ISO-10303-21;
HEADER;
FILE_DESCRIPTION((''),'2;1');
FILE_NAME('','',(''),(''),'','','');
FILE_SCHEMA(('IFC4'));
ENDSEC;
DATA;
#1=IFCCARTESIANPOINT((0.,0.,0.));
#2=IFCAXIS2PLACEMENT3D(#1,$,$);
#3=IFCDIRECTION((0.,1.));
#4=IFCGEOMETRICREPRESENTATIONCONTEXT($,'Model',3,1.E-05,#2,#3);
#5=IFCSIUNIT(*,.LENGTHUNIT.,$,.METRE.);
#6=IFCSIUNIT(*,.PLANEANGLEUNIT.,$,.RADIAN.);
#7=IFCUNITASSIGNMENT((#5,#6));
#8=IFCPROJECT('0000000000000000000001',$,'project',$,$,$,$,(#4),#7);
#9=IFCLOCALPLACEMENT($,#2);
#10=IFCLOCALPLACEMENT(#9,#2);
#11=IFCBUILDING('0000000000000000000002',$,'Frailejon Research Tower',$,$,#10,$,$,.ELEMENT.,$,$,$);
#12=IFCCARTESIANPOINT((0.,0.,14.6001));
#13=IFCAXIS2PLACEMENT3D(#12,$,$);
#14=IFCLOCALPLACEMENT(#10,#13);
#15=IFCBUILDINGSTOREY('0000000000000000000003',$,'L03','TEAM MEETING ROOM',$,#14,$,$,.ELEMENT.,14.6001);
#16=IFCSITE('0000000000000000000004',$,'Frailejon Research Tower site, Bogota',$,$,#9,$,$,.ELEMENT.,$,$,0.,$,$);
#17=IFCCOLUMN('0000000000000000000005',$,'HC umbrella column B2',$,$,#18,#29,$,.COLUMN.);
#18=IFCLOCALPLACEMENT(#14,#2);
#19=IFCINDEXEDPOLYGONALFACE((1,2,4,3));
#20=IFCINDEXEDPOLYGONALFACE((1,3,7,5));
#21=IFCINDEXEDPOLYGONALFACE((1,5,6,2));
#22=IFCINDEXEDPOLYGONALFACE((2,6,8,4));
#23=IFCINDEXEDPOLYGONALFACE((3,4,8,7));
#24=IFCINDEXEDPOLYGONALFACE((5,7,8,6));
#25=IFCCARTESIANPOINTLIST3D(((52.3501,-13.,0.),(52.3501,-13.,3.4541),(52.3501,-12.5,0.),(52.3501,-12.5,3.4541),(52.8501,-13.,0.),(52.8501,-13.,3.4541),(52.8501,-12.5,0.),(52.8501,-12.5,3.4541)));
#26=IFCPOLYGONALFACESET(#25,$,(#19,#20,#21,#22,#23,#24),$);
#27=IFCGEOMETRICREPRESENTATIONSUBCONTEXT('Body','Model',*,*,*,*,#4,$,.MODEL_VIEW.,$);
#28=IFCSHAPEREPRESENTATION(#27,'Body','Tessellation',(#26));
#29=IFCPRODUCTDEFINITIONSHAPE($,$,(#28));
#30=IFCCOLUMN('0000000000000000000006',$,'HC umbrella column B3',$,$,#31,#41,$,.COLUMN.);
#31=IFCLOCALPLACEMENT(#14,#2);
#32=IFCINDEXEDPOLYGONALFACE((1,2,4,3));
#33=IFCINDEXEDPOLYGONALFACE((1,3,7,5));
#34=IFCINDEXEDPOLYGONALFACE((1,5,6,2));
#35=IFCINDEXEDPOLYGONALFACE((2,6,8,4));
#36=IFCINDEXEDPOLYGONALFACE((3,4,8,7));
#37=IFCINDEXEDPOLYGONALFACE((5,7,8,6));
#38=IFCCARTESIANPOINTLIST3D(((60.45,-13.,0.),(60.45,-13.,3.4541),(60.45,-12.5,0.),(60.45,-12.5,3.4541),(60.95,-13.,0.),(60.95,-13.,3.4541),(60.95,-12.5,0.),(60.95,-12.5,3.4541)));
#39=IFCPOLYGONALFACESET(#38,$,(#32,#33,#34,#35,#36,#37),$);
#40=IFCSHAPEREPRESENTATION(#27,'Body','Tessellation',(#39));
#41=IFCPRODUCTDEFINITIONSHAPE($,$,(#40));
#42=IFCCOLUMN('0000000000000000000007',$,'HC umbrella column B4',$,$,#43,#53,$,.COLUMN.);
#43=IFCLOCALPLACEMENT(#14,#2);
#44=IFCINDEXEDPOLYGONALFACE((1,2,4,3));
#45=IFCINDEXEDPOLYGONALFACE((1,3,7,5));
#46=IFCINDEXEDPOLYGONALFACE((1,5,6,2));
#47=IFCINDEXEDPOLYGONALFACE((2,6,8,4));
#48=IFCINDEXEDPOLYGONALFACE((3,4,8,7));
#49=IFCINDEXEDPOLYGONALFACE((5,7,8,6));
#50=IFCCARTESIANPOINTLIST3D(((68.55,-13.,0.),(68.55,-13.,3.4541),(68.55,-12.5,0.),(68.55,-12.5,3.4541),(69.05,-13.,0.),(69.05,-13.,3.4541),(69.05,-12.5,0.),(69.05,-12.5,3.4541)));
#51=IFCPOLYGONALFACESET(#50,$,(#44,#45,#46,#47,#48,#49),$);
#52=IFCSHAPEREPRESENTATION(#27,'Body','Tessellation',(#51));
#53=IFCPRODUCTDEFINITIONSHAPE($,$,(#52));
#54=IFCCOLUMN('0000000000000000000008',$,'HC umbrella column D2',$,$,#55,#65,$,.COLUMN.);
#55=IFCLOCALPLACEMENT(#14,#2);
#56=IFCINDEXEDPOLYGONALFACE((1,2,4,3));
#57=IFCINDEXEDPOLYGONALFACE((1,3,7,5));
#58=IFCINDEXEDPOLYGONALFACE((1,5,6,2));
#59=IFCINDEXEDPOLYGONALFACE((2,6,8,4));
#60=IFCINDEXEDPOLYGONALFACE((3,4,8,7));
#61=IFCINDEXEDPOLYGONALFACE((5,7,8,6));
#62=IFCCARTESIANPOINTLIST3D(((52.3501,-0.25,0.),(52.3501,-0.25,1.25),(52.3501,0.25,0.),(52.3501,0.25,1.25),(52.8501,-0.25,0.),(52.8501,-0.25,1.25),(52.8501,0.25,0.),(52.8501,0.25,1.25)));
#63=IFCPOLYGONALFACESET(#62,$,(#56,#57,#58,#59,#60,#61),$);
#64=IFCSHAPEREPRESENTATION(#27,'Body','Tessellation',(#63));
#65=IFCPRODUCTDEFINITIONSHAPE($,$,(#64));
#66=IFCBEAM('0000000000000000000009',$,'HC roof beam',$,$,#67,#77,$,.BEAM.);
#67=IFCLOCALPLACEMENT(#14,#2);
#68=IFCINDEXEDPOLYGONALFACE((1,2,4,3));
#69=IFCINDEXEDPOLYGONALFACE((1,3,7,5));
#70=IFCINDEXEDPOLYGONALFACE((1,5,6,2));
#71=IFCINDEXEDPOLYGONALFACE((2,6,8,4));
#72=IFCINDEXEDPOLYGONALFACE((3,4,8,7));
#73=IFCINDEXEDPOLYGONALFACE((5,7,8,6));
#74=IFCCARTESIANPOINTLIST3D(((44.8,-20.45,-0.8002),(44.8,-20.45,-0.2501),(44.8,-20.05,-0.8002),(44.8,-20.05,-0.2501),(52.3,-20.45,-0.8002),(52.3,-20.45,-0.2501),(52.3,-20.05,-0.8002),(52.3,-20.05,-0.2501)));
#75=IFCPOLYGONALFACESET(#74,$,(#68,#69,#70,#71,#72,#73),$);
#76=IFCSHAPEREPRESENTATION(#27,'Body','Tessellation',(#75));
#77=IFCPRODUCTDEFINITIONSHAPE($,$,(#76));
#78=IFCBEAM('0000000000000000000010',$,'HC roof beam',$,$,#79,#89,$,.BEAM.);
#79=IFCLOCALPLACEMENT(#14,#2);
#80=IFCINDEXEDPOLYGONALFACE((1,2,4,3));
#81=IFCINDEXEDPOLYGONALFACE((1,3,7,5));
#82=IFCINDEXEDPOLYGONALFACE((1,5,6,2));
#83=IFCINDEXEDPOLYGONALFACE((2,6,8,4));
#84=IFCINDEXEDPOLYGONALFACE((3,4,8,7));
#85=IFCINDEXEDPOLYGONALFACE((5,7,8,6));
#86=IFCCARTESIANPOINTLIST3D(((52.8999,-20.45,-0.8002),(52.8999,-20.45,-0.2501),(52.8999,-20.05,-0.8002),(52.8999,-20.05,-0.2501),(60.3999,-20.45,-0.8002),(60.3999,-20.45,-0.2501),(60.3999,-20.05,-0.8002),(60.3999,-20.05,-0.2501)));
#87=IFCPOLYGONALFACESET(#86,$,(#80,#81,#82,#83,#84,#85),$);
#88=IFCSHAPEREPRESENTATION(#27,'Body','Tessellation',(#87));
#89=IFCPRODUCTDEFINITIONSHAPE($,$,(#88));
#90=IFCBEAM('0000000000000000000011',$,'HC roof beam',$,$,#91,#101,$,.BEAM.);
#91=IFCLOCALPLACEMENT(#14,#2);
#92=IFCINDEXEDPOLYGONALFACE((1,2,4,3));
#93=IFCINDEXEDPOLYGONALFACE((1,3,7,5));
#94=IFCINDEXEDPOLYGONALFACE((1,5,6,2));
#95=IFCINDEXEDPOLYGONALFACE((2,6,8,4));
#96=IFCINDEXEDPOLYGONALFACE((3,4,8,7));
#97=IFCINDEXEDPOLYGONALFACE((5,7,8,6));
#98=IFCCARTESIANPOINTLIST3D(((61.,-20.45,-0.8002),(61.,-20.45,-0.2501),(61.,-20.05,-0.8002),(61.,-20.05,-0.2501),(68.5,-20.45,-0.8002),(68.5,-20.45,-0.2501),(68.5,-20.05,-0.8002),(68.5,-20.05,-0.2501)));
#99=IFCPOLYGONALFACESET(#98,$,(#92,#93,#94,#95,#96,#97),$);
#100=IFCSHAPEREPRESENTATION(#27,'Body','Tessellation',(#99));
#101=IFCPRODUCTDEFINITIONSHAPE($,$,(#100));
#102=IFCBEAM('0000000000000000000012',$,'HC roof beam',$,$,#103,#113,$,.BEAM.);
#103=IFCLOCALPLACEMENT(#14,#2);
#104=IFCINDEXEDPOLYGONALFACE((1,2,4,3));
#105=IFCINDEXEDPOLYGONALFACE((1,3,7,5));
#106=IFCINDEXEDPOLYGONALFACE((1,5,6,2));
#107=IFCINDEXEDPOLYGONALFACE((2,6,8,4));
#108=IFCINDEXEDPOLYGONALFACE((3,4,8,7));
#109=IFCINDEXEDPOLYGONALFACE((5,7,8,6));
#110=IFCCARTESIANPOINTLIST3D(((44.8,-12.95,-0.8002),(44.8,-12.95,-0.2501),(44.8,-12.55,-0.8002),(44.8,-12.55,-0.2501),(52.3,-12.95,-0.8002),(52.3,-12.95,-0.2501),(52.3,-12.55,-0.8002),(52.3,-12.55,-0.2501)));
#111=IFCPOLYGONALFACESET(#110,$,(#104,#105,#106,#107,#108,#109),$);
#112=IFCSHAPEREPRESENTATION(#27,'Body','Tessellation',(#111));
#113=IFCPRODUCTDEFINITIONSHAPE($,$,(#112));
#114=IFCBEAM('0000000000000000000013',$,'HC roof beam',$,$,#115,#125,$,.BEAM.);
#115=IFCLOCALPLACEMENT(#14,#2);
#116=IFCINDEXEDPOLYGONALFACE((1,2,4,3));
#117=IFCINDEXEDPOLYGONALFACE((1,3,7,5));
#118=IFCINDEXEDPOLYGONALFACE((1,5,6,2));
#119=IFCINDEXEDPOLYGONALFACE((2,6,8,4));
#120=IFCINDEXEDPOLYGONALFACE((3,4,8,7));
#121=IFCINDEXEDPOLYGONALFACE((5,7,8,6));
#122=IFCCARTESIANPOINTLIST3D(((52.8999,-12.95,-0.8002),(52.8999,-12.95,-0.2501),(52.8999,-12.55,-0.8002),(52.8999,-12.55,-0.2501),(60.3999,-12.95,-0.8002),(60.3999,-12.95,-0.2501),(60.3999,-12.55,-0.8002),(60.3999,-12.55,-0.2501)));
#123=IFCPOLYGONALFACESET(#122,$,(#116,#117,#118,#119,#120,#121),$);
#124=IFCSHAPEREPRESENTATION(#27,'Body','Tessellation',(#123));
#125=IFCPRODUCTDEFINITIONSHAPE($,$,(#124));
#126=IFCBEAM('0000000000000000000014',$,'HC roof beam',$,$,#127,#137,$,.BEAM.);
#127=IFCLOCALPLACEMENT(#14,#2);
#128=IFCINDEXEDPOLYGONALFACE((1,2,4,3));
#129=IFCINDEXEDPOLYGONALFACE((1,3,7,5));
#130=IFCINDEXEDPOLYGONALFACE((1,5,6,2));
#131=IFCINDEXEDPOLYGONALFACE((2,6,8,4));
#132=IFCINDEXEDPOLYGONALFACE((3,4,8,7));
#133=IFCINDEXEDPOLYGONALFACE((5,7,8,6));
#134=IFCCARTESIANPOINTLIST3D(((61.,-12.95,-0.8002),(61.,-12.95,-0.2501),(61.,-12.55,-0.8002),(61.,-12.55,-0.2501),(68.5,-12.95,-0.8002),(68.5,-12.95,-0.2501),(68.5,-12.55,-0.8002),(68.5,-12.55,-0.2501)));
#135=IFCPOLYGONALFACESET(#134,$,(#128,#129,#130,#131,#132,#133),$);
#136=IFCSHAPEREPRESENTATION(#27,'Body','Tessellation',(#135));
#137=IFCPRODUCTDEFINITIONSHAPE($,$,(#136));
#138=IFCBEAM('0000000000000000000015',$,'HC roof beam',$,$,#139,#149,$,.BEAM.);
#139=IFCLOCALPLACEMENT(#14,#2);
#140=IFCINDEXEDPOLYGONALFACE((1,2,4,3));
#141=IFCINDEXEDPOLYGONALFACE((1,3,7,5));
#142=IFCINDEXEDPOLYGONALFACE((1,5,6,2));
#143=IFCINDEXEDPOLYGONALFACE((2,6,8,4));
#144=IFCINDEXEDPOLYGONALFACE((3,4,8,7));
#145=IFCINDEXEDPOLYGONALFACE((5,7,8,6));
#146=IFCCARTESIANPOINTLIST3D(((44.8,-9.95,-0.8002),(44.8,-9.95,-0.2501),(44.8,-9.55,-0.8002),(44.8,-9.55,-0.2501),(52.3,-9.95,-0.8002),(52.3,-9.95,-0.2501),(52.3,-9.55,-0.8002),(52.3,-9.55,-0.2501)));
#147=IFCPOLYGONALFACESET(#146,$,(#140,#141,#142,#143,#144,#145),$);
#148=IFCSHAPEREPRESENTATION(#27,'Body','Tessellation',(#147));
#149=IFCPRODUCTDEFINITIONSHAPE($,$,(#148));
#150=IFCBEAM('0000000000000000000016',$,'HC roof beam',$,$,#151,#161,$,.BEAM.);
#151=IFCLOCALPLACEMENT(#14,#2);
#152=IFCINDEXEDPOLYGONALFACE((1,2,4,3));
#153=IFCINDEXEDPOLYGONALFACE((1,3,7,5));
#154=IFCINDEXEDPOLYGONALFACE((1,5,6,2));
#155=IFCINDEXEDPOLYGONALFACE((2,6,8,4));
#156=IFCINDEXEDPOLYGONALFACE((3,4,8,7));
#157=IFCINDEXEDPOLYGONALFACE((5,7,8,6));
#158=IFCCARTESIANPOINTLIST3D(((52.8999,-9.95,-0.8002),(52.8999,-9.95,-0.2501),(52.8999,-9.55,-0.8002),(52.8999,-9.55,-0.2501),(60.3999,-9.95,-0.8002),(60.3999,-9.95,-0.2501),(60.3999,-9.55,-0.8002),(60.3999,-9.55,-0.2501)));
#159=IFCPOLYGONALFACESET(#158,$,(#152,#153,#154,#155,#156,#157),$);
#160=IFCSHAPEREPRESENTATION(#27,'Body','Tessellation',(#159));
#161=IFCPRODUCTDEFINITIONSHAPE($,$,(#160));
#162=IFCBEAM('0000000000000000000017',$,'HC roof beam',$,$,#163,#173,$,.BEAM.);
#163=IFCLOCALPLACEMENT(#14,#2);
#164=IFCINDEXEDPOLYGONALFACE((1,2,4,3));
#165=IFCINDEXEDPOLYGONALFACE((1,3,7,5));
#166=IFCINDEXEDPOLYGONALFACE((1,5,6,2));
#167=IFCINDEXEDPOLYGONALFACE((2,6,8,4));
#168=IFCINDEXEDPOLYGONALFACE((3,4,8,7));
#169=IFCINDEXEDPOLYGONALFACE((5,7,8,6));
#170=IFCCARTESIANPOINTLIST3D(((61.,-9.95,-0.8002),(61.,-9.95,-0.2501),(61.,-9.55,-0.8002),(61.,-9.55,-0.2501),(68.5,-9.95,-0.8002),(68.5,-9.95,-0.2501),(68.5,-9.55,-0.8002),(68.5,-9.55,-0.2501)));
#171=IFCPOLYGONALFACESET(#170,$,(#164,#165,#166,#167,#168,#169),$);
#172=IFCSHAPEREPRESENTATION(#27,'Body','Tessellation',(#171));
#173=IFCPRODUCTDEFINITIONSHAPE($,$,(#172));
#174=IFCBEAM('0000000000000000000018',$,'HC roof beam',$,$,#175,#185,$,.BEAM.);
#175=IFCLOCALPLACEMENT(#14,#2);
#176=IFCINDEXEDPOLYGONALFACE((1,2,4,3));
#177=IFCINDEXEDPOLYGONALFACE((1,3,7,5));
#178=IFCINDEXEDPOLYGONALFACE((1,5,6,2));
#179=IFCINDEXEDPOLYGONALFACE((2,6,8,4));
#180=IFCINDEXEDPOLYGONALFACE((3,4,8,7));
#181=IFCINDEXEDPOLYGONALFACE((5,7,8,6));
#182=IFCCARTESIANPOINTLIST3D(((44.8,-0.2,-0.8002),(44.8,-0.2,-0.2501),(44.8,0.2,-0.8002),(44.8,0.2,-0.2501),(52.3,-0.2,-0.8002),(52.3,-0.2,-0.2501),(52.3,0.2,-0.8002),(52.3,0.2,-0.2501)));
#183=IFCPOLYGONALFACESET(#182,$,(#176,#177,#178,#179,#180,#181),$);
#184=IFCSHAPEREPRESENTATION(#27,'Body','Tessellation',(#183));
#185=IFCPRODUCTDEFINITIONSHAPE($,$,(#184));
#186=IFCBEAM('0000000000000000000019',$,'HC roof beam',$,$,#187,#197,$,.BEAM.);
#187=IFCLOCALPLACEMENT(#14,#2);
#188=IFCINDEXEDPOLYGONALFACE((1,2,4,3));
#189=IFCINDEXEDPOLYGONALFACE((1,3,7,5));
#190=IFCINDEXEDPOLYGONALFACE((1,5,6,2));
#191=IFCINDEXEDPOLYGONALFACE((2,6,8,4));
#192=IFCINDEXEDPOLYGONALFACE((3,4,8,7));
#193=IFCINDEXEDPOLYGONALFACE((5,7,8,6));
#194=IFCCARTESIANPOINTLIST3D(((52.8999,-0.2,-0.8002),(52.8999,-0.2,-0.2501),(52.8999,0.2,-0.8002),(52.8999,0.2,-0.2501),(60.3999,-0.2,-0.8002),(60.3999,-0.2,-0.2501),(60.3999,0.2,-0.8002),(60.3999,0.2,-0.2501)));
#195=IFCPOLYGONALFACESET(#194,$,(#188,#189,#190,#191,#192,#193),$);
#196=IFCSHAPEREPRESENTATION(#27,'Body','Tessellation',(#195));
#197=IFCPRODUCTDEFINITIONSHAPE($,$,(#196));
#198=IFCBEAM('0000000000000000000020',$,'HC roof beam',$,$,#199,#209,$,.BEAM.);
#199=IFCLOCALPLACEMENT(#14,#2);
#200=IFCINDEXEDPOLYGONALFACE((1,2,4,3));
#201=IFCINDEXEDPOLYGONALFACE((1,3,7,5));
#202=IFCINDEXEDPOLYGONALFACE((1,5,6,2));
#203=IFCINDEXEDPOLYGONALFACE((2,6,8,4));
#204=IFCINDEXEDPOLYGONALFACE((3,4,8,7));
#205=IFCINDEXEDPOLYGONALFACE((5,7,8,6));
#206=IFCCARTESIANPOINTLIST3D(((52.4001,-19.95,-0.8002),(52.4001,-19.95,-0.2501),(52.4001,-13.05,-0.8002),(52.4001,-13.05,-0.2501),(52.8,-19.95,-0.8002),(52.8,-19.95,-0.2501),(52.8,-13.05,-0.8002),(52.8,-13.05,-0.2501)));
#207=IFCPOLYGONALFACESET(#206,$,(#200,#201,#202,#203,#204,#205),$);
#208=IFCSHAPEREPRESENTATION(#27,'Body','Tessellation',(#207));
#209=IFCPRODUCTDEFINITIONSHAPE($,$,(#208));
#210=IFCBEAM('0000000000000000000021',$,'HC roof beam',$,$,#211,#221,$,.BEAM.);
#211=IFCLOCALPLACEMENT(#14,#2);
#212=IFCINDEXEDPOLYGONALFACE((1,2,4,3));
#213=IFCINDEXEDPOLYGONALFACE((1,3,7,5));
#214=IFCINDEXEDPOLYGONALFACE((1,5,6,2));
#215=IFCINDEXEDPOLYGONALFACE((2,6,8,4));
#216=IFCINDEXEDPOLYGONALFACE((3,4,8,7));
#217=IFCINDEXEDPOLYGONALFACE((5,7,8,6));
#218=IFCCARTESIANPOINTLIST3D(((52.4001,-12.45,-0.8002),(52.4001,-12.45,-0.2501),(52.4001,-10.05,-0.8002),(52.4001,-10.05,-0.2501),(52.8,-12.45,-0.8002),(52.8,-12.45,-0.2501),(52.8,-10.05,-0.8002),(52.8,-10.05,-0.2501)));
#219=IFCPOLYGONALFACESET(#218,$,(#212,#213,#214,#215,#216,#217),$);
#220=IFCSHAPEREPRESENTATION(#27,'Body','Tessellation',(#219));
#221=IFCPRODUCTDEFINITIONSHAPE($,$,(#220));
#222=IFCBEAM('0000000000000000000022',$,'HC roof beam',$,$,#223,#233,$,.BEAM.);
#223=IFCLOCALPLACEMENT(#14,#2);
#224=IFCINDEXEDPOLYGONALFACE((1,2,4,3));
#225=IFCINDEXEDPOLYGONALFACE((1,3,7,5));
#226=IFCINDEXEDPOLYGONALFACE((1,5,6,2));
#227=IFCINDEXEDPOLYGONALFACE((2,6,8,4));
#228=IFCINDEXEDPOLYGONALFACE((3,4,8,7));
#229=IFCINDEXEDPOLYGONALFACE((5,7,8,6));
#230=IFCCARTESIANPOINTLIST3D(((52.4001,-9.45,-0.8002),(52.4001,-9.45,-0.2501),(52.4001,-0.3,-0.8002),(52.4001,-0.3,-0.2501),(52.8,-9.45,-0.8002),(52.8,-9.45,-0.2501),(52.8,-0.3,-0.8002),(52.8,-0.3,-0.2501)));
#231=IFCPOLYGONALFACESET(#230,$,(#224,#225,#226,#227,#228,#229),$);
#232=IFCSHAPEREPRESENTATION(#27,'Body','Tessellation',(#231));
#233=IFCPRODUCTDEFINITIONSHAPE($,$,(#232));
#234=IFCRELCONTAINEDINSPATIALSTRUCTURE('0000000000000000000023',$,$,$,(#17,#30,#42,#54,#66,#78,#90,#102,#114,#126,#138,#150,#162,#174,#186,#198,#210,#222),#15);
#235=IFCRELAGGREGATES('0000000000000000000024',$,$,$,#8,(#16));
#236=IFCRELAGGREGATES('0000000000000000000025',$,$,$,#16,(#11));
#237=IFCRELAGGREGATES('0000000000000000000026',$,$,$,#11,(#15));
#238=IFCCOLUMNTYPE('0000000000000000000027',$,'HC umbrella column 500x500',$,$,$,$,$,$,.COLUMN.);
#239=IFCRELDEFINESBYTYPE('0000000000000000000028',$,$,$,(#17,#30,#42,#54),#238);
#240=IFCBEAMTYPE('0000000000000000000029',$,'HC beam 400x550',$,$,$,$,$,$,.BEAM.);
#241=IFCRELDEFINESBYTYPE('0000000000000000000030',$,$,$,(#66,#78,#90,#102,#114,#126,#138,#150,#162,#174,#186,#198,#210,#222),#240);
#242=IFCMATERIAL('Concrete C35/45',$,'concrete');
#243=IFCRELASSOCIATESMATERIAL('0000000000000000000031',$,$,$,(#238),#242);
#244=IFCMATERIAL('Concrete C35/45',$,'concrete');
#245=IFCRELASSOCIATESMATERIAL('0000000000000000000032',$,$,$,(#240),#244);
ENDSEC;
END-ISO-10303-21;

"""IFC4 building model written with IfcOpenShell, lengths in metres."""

from ifc_helpers import new_model, si_unit, direction, frame, origin, origin_2d, place, context, subcontext, project, spatial, rectangle, extrude, material, material_profile, profile_set, type_object, element, save


model = new_model("IFC4")

# Units and contexts
model_context = context("Model", 3, precision=1e-05, world=origin(), true_north=direction((0.0, 1.0)))
body_context = subcontext(model_context, "Body", "Model", "MODEL_VIEW")
ifc_project = project(units=[si_unit("LENGTHUNIT", "METRE"), si_unit("PLANEANGLEUNIT", "RADIAN")], contexts=[model_context])

# Site, building, storey
site_placement = place(None, origin())
site = spatial("IfcSite", under=ifc_project, at=site_placement, Name="Frailejon Research Tower site, Bogota", CompositionType="ELEMENT", RefElevation=0.0)
building_placement = place(site_placement, origin())
building = spatial("IfcBuilding", under=site, at=building_placement, Name="Frailejon Research Tower", CompositionType="ELEMENT")
storey_placement = place(building_placement, frame((0.0, 0.0, 14.6001)))
storey = spatial("IfcBuildingStorey", under=building, at=storey_placement, Name="L03", Description="TEAM MEETING ROOM", CompositionType="ELEMENT", Elevation=14.6001)

# Columns
ifc_material_1 = material(Name="Concrete C35/45", Category="concrete")
ifc_material_profile_1 = material_profile(ifc_material_1, rectangle(XDim=0.5, YDim=0.5, at=origin_2d()), Name="HC umbrella column 500x500")
ifc_profile_set_1 = profile_set([ifc_material_profile_1], Name="Concrete C35/45")
column_type = type_object("IfcColumnType", Name="HC umbrella column 500x500", PredefinedType="COLUMN", material=ifc_profile_set_1)
for number, where, z_axis, x_axis, name in (
    (1, (52.6001, -12.75, 0.0), (0.0, 0.0, 1.0), (1.0, 0.0, 0.0), "HC umbrella column B2"),
    (2, (60.7, -12.75, 0.0), (0.0, 0.0, 1.0), (1.0, 0.0, 0.0), "HC umbrella column B3"),
    (3, (68.8, -12.75, 0.0), (0.0, 0.0, 1.0), (1.0, 0.0, 0.0), "HC umbrella column B4"),
):
    element("IfcColumn", number, at=place(storey_placement, frame(where, z_axis=z_axis, x_axis=x_axis)), inside=storey, type_object=column_type, Name=name, PredefinedType="COLUMN", context=body_context, shape_type="SweptSolid", body=[
        extrude(rectangle(XDim=0.5, YDim=0.5, at=origin_2d()), origin(), (0.0, 0.0, 1.0), 3.4541),
    ])
column_placement = place(storey_placement, frame((52.6001, 0.0, 0.0), z_axis=(0.0, 0.0, 1.0), x_axis=(1.0, 0.0, 0.0)))
element("IfcColumn", 4, at=column_placement, inside=storey, type_object=column_type, Name="HC umbrella column D2", PredefinedType="COLUMN", context=body_context, shape_type="SweptSolid", body=[
    extrude(rectangle(XDim=0.5, YDim=0.5, at=origin_2d()), origin(), (0.0, 0.0, 1.0), 1.25),
])

# Beams
ifc_material_2 = material(Name="Concrete C35/45", Category="concrete")
ifc_material_profile_2 = material_profile(ifc_material_2, rectangle(XDim=0.3999, YDim=0.55, at=origin_2d()), Name="HC beam 400x550")
ifc_profile_set_2 = profile_set([ifc_material_profile_2], Name="Concrete C35/45")
beam_type = type_object("IfcBeamType", Name="HC beam 400x550", PredefinedType="BEAM", material=ifc_profile_set_2)
for number, where, z_axis, x_axis, name in (
    (5, (44.8, -20.25, -0.5251), (1.0, 0.0, 0.0), (0.0, 1.0, 0.0), "HC roof beam"),
    (6, (52.8999, -20.25, -0.5251), (1.0, 0.0, 0.0), (0.0, 1.0, 0.0), "HC roof beam"),
    (7, (61.0, -20.25, -0.5251), (1.0, 0.0, 0.0), (0.0, 1.0, 0.0), "HC roof beam"),
    (8, (44.8, -12.75, -0.5251), (1.0, 0.0, 0.0), (0.0, 1.0, 0.0), "HC roof beam"),
    (9, (52.8999, -12.75, -0.5251), (1.0, 0.0, 0.0), (0.0, 1.0, 0.0), "HC roof beam"),
    (10, (61.0, -12.75, -0.5251), (1.0, 0.0, 0.0), (0.0, 1.0, 0.0), "HC roof beam"),
    (11, (44.8, -9.75, -0.5251), (1.0, 0.0, 0.0), (0.0, 1.0, 0.0), "HC roof beam"),
    (12, (52.8999, -9.75, -0.5251), (1.0, 0.0, 0.0), (0.0, 1.0, 0.0), "HC roof beam"),
    (13, (61.0, -9.75, -0.5251), (1.0, 0.0, 0.0), (0.0, 1.0, 0.0), "HC roof beam"),
    (14, (44.8, 0.0, -0.5251), (1.0, 0.0, 0.0), (0.0, 1.0, 0.0), "HC roof beam"),
    (15, (52.8999, 0.0, -0.5251), (1.0, 0.0, 0.0), (0.0, 1.0, 0.0), "HC roof beam"),
):
    element("IfcBeam", number, at=place(storey_placement, frame(where, z_axis=z_axis, x_axis=x_axis)), inside=storey, type_object=beam_type, Name=name, PredefinedType="BEAM", context=body_context, shape_type="SweptSolid", body=[
        extrude(rectangle(XDim=0.3999, YDim=0.55, at=origin_2d()), origin(), (0.0, 0.0, 1.0), 7.5),
    ])
beam_1_placement = place(storey_placement, frame((52.6001, -19.95, -0.5251), z_axis=(0.0, 1.0, 0.0), x_axis=(-1.0, 0.0, 0.0)))
element("IfcBeam", 16, at=beam_1_placement, inside=storey, type_object=beam_type, Name="HC roof beam", PredefinedType="BEAM", context=body_context, shape_type="SweptSolid", body=[
    extrude(rectangle(XDim=0.3999, YDim=0.55, at=origin_2d()), origin(), (0.0, 0.0, 1.0), 6.8999),
])
beam_2_placement = place(storey_placement, frame((52.6001, -12.45, -0.5251), z_axis=(0.0, 1.0, 0.0), x_axis=(-1.0, 0.0, 0.0)))
element("IfcBeam", 17, at=beam_2_placement, inside=storey, type_object=beam_type, Name="HC roof beam", PredefinedType="BEAM", context=body_context, shape_type="SweptSolid", body=[
    extrude(rectangle(XDim=0.3999, YDim=0.55, at=origin_2d()), origin(), (0.0, 0.0, 1.0), 2.3999),
])
beam_3_placement = place(storey_placement, frame((52.6001, -9.45, -0.5251), z_axis=(0.0, 1.0, 0.0), x_axis=(-1.0, 0.0, 0.0)))
element("IfcBeam", 18, at=beam_3_placement, inside=storey, type_object=beam_type, Name="HC roof beam", PredefinedType="BEAM", context=body_context, shape_type="SweptSolid", body=[
    extrude(rectangle(XDim=0.3999, YDim=0.55, at=origin_2d()), origin(), (0.0, 0.0, 1.0), 9.1499),
])

save(model, "model.ifc")
